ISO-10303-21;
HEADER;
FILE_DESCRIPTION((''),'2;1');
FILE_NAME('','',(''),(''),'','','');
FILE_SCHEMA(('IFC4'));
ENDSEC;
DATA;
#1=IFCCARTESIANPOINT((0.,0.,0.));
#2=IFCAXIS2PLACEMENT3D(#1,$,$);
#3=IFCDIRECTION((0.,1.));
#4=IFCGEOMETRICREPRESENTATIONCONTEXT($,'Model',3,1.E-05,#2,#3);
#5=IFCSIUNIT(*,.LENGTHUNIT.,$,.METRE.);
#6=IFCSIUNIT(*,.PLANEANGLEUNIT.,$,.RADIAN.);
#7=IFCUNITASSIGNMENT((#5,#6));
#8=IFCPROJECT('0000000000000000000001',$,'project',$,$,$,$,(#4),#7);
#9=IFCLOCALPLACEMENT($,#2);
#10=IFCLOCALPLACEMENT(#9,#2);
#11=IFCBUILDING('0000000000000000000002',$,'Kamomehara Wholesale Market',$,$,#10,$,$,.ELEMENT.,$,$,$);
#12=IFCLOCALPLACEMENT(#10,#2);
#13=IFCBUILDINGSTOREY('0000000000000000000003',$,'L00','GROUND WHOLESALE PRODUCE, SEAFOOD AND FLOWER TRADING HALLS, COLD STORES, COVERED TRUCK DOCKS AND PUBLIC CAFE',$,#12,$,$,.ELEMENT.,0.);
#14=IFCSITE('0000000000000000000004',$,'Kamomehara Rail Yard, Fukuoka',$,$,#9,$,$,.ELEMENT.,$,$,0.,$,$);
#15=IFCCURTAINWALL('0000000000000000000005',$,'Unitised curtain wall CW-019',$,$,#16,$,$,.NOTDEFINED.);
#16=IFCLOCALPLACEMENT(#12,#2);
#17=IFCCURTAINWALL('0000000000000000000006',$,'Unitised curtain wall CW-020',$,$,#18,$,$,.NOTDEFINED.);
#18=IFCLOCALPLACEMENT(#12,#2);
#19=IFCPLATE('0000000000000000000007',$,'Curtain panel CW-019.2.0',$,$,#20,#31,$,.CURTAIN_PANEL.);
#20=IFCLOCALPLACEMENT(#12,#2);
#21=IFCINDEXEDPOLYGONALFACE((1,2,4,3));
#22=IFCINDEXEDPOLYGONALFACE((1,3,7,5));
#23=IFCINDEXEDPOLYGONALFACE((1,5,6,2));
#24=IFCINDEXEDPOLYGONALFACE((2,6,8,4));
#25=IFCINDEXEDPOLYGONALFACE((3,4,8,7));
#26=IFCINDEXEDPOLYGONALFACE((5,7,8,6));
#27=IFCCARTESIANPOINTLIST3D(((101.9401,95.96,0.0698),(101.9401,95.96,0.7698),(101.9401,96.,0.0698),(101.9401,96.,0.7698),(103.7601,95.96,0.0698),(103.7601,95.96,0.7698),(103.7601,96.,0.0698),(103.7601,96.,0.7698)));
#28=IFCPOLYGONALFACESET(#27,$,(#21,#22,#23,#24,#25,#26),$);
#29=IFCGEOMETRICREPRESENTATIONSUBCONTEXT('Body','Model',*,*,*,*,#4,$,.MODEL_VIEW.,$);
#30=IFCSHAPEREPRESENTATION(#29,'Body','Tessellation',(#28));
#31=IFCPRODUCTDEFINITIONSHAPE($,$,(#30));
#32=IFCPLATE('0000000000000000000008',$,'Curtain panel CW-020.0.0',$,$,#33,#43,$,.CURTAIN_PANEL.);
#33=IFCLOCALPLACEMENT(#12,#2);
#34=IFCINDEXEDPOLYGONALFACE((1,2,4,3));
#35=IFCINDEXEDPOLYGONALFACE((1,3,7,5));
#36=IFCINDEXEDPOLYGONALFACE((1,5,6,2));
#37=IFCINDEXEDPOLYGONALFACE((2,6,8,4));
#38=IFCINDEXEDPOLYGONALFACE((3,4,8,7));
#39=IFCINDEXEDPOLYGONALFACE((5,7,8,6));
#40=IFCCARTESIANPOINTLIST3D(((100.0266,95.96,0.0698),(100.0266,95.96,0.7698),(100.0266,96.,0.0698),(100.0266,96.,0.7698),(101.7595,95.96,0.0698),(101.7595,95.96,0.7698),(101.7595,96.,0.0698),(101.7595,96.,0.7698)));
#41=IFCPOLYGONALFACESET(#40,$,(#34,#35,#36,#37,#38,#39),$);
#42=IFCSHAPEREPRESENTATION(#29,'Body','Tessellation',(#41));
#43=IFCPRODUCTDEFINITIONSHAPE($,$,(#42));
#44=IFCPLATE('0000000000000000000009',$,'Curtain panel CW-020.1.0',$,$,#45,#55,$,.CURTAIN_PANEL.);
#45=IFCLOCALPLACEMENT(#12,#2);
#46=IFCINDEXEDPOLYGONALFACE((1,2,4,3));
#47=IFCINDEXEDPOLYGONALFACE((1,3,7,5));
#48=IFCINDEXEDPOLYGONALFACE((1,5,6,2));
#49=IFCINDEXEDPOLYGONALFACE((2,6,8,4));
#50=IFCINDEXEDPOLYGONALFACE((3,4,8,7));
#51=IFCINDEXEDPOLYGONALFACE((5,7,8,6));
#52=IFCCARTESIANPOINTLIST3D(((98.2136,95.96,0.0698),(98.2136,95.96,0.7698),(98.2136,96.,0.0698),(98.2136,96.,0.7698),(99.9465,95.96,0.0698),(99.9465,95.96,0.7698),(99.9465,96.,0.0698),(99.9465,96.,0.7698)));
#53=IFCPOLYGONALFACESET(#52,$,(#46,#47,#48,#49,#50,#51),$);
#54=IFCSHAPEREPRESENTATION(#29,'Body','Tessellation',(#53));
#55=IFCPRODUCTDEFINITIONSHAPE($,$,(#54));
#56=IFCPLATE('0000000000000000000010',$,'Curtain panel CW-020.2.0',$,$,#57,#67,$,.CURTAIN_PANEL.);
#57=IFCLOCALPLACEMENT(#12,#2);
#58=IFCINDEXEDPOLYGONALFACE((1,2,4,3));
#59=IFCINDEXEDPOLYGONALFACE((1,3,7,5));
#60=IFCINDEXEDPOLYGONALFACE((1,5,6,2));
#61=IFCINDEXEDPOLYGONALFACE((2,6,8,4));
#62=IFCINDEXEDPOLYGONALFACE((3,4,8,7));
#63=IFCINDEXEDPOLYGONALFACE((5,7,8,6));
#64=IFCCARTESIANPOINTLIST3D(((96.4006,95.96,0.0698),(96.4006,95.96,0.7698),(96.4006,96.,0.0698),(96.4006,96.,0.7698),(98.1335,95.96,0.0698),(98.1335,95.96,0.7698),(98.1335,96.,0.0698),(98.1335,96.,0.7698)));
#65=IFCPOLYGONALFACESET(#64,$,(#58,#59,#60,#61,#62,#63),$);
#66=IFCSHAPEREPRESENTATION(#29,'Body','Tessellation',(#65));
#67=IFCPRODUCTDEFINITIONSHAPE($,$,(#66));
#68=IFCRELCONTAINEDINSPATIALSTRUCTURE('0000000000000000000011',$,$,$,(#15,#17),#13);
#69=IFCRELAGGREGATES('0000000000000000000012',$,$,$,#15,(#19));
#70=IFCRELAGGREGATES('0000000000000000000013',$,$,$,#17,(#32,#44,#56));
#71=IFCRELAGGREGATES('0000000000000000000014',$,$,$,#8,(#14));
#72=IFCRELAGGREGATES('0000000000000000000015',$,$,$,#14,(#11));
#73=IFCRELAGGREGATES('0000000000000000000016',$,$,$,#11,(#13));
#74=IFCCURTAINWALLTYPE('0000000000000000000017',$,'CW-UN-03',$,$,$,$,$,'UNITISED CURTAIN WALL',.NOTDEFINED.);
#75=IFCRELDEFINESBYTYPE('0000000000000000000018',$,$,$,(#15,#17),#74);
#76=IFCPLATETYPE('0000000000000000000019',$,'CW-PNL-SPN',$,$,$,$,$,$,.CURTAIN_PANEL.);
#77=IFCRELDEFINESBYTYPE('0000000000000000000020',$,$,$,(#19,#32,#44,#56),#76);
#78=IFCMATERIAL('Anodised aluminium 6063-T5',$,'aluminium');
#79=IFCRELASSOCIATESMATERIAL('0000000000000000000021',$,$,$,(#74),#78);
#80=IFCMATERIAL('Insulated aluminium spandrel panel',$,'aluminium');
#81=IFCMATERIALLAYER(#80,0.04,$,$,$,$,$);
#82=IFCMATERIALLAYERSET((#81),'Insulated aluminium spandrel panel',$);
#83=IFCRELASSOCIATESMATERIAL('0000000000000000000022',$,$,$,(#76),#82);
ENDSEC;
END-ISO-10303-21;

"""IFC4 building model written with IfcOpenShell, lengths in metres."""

from ifc_helpers import new_model, si_unit, direction, frame, origin, origin_2d, place, context, subcontext, project, spatial, rectangle, extrude, material, layer, layer_set, type_object, element, aggregate, save


model = new_model("IFC4")

# Units and contexts
model_context = context("Model", 3, precision=1e-05, world=origin(), true_north=direction((0.0, 1.0)))
body_context = subcontext(model_context, "Body", "Model", "MODEL_VIEW")
ifc_project = project(units=[si_unit("LENGTHUNIT", "METRE"), si_unit("PLANEANGLEUNIT", "RADIAN")], contexts=[model_context])

# Site, building, storey
site_placement = place(None, origin())
site = spatial("IfcSite", under=ifc_project, at=site_placement, Name="Kamomehara Rail Yard, Fukuoka", CompositionType="ELEMENT", RefElevation=0.0)
building_placement = place(site_placement, origin())
building = spatial("IfcBuilding", under=site, at=building_placement, Name="Kamomehara Wholesale Market", CompositionType="ELEMENT")
storey_placement = place(building_placement, origin())
storey = spatial("IfcBuildingStorey", under=building, at=storey_placement, Name="L00", Description="GROUND WHOLESALE PRODUCE, SEAFOOD AND FLOWER TRADING HALLS, COLD STORES, COVERED TRUCK DOCKS AND PUBLIC CAFE", CompositionType="ELEMENT", Elevation=0.0)

# Curtain wall
ifc_material_1 = material(Name="Anodised aluminium 6063-T5", Category="aluminium")
curtain_wall_type = type_object("IfcCurtainWallType", Name="CW-UN-03", ElementType="UNITISED CURTAIN WALL", PredefinedType="NOTDEFINED", material=ifc_material_1)
curtain_wall_1_placement = place(storey_placement, origin())
curtain_wall_1 = element("IfcCurtainWall", 1, at=curtain_wall_1_placement, inside=storey, type_object=curtain_wall_type, Name="Unitised curtain wall CW-019", PredefinedType="NOTDEFINED")

# Curtain wall
curtain_wall_2_placement = place(storey_placement, origin())
curtain_wall_2 = element("IfcCurtainWall", 2, at=curtain_wall_2_placement, inside=storey, type_object=curtain_wall_type, Name="Unitised curtain wall CW-020", PredefinedType="NOTDEFINED")

# Plates
ifc_material_2 = material(Name="Insulated aluminium spandrel panel", Category="aluminium")
ifc_layer_1 = layer(ifc_material_2, 0.04)
ifc_layer_set_1 = layer_set([ifc_layer_1], Name="Insulated aluminium spandrel panel")
plate_type_1 = type_object("IfcPlateType", Name="CW-PNL-SPN", PredefinedType="CURTAIN_PANEL", material=ifc_layer_set_1)
plate_1_placement = place(storey_placement, frame((102.8501, 95.98, 0.0698), z_axis=(0.0, 0.0, 1.0), x_axis=(-1.0, 0.0, 0.0)))
plate_1 = element("IfcPlate", 3, at=plate_1_placement, type_object=plate_type_1, Name="Curtain panel CW-019.2.0", PredefinedType="CURTAIN_PANEL", context=body_context, shape_type="SweptSolid", body=[
    extrude(rectangle(XDim=1.8201, YDim=0.04, at=origin_2d()), origin(), (0.0, 0.0, 1.0), 0.7),
])
aggregate(curtain_wall_1, [plate_1])
plate_2_placement = place(storey_placement, frame((100.8931, 95.98, 0.0698), z_axis=(0.0, 0.0, 1.0), x_axis=(-1.0, 0.0, 0.0)))
plate_2 = element("IfcPlate", 4, at=plate_2_placement, type_object=plate_type_1, Name="Curtain panel CW-020.0.0", PredefinedType="CURTAIN_PANEL", context=body_context, shape_type="SweptSolid", body=[
    extrude(rectangle(XDim=1.7329, YDim=0.04, at=origin_2d()), origin(), (0.0, 0.0, 1.0), 0.7),
])
plate_3_placement = place(storey_placement, frame((99.0801, 95.98, 0.0698), z_axis=(0.0, 0.0, 1.0), x_axis=(-1.0, 0.0, 0.0)))
plate_3 = element("IfcPlate", 5, at=plate_3_placement, type_object=plate_type_1, Name="Curtain panel CW-020.1.0", PredefinedType="CURTAIN_PANEL", context=body_context, shape_type="SweptSolid", body=[
    extrude(rectangle(XDim=1.7329, YDim=0.04, at=origin_2d()), origin(), (0.0, 0.0, 1.0), 0.7),
])
plate_4_placement = place(storey_placement, frame((97.2671, 95.98, 0.0698), z_axis=(0.0, 0.0, 1.0), x_axis=(-1.0, 0.0, 0.0)))
plate_4 = element("IfcPlate", 6, at=plate_4_placement, type_object=plate_type_1, Name="Curtain panel CW-020.2.0", PredefinedType="CURTAIN_PANEL", context=body_context, shape_type="SweptSolid", body=[
    extrude(rectangle(XDim=1.7329, YDim=0.04, at=origin_2d()), origin(), (0.0, 0.0, 1.0), 0.7),
])
aggregate(curtain_wall_2, [plate_2, plate_3, plate_4])

save(model, "model.ifc")
